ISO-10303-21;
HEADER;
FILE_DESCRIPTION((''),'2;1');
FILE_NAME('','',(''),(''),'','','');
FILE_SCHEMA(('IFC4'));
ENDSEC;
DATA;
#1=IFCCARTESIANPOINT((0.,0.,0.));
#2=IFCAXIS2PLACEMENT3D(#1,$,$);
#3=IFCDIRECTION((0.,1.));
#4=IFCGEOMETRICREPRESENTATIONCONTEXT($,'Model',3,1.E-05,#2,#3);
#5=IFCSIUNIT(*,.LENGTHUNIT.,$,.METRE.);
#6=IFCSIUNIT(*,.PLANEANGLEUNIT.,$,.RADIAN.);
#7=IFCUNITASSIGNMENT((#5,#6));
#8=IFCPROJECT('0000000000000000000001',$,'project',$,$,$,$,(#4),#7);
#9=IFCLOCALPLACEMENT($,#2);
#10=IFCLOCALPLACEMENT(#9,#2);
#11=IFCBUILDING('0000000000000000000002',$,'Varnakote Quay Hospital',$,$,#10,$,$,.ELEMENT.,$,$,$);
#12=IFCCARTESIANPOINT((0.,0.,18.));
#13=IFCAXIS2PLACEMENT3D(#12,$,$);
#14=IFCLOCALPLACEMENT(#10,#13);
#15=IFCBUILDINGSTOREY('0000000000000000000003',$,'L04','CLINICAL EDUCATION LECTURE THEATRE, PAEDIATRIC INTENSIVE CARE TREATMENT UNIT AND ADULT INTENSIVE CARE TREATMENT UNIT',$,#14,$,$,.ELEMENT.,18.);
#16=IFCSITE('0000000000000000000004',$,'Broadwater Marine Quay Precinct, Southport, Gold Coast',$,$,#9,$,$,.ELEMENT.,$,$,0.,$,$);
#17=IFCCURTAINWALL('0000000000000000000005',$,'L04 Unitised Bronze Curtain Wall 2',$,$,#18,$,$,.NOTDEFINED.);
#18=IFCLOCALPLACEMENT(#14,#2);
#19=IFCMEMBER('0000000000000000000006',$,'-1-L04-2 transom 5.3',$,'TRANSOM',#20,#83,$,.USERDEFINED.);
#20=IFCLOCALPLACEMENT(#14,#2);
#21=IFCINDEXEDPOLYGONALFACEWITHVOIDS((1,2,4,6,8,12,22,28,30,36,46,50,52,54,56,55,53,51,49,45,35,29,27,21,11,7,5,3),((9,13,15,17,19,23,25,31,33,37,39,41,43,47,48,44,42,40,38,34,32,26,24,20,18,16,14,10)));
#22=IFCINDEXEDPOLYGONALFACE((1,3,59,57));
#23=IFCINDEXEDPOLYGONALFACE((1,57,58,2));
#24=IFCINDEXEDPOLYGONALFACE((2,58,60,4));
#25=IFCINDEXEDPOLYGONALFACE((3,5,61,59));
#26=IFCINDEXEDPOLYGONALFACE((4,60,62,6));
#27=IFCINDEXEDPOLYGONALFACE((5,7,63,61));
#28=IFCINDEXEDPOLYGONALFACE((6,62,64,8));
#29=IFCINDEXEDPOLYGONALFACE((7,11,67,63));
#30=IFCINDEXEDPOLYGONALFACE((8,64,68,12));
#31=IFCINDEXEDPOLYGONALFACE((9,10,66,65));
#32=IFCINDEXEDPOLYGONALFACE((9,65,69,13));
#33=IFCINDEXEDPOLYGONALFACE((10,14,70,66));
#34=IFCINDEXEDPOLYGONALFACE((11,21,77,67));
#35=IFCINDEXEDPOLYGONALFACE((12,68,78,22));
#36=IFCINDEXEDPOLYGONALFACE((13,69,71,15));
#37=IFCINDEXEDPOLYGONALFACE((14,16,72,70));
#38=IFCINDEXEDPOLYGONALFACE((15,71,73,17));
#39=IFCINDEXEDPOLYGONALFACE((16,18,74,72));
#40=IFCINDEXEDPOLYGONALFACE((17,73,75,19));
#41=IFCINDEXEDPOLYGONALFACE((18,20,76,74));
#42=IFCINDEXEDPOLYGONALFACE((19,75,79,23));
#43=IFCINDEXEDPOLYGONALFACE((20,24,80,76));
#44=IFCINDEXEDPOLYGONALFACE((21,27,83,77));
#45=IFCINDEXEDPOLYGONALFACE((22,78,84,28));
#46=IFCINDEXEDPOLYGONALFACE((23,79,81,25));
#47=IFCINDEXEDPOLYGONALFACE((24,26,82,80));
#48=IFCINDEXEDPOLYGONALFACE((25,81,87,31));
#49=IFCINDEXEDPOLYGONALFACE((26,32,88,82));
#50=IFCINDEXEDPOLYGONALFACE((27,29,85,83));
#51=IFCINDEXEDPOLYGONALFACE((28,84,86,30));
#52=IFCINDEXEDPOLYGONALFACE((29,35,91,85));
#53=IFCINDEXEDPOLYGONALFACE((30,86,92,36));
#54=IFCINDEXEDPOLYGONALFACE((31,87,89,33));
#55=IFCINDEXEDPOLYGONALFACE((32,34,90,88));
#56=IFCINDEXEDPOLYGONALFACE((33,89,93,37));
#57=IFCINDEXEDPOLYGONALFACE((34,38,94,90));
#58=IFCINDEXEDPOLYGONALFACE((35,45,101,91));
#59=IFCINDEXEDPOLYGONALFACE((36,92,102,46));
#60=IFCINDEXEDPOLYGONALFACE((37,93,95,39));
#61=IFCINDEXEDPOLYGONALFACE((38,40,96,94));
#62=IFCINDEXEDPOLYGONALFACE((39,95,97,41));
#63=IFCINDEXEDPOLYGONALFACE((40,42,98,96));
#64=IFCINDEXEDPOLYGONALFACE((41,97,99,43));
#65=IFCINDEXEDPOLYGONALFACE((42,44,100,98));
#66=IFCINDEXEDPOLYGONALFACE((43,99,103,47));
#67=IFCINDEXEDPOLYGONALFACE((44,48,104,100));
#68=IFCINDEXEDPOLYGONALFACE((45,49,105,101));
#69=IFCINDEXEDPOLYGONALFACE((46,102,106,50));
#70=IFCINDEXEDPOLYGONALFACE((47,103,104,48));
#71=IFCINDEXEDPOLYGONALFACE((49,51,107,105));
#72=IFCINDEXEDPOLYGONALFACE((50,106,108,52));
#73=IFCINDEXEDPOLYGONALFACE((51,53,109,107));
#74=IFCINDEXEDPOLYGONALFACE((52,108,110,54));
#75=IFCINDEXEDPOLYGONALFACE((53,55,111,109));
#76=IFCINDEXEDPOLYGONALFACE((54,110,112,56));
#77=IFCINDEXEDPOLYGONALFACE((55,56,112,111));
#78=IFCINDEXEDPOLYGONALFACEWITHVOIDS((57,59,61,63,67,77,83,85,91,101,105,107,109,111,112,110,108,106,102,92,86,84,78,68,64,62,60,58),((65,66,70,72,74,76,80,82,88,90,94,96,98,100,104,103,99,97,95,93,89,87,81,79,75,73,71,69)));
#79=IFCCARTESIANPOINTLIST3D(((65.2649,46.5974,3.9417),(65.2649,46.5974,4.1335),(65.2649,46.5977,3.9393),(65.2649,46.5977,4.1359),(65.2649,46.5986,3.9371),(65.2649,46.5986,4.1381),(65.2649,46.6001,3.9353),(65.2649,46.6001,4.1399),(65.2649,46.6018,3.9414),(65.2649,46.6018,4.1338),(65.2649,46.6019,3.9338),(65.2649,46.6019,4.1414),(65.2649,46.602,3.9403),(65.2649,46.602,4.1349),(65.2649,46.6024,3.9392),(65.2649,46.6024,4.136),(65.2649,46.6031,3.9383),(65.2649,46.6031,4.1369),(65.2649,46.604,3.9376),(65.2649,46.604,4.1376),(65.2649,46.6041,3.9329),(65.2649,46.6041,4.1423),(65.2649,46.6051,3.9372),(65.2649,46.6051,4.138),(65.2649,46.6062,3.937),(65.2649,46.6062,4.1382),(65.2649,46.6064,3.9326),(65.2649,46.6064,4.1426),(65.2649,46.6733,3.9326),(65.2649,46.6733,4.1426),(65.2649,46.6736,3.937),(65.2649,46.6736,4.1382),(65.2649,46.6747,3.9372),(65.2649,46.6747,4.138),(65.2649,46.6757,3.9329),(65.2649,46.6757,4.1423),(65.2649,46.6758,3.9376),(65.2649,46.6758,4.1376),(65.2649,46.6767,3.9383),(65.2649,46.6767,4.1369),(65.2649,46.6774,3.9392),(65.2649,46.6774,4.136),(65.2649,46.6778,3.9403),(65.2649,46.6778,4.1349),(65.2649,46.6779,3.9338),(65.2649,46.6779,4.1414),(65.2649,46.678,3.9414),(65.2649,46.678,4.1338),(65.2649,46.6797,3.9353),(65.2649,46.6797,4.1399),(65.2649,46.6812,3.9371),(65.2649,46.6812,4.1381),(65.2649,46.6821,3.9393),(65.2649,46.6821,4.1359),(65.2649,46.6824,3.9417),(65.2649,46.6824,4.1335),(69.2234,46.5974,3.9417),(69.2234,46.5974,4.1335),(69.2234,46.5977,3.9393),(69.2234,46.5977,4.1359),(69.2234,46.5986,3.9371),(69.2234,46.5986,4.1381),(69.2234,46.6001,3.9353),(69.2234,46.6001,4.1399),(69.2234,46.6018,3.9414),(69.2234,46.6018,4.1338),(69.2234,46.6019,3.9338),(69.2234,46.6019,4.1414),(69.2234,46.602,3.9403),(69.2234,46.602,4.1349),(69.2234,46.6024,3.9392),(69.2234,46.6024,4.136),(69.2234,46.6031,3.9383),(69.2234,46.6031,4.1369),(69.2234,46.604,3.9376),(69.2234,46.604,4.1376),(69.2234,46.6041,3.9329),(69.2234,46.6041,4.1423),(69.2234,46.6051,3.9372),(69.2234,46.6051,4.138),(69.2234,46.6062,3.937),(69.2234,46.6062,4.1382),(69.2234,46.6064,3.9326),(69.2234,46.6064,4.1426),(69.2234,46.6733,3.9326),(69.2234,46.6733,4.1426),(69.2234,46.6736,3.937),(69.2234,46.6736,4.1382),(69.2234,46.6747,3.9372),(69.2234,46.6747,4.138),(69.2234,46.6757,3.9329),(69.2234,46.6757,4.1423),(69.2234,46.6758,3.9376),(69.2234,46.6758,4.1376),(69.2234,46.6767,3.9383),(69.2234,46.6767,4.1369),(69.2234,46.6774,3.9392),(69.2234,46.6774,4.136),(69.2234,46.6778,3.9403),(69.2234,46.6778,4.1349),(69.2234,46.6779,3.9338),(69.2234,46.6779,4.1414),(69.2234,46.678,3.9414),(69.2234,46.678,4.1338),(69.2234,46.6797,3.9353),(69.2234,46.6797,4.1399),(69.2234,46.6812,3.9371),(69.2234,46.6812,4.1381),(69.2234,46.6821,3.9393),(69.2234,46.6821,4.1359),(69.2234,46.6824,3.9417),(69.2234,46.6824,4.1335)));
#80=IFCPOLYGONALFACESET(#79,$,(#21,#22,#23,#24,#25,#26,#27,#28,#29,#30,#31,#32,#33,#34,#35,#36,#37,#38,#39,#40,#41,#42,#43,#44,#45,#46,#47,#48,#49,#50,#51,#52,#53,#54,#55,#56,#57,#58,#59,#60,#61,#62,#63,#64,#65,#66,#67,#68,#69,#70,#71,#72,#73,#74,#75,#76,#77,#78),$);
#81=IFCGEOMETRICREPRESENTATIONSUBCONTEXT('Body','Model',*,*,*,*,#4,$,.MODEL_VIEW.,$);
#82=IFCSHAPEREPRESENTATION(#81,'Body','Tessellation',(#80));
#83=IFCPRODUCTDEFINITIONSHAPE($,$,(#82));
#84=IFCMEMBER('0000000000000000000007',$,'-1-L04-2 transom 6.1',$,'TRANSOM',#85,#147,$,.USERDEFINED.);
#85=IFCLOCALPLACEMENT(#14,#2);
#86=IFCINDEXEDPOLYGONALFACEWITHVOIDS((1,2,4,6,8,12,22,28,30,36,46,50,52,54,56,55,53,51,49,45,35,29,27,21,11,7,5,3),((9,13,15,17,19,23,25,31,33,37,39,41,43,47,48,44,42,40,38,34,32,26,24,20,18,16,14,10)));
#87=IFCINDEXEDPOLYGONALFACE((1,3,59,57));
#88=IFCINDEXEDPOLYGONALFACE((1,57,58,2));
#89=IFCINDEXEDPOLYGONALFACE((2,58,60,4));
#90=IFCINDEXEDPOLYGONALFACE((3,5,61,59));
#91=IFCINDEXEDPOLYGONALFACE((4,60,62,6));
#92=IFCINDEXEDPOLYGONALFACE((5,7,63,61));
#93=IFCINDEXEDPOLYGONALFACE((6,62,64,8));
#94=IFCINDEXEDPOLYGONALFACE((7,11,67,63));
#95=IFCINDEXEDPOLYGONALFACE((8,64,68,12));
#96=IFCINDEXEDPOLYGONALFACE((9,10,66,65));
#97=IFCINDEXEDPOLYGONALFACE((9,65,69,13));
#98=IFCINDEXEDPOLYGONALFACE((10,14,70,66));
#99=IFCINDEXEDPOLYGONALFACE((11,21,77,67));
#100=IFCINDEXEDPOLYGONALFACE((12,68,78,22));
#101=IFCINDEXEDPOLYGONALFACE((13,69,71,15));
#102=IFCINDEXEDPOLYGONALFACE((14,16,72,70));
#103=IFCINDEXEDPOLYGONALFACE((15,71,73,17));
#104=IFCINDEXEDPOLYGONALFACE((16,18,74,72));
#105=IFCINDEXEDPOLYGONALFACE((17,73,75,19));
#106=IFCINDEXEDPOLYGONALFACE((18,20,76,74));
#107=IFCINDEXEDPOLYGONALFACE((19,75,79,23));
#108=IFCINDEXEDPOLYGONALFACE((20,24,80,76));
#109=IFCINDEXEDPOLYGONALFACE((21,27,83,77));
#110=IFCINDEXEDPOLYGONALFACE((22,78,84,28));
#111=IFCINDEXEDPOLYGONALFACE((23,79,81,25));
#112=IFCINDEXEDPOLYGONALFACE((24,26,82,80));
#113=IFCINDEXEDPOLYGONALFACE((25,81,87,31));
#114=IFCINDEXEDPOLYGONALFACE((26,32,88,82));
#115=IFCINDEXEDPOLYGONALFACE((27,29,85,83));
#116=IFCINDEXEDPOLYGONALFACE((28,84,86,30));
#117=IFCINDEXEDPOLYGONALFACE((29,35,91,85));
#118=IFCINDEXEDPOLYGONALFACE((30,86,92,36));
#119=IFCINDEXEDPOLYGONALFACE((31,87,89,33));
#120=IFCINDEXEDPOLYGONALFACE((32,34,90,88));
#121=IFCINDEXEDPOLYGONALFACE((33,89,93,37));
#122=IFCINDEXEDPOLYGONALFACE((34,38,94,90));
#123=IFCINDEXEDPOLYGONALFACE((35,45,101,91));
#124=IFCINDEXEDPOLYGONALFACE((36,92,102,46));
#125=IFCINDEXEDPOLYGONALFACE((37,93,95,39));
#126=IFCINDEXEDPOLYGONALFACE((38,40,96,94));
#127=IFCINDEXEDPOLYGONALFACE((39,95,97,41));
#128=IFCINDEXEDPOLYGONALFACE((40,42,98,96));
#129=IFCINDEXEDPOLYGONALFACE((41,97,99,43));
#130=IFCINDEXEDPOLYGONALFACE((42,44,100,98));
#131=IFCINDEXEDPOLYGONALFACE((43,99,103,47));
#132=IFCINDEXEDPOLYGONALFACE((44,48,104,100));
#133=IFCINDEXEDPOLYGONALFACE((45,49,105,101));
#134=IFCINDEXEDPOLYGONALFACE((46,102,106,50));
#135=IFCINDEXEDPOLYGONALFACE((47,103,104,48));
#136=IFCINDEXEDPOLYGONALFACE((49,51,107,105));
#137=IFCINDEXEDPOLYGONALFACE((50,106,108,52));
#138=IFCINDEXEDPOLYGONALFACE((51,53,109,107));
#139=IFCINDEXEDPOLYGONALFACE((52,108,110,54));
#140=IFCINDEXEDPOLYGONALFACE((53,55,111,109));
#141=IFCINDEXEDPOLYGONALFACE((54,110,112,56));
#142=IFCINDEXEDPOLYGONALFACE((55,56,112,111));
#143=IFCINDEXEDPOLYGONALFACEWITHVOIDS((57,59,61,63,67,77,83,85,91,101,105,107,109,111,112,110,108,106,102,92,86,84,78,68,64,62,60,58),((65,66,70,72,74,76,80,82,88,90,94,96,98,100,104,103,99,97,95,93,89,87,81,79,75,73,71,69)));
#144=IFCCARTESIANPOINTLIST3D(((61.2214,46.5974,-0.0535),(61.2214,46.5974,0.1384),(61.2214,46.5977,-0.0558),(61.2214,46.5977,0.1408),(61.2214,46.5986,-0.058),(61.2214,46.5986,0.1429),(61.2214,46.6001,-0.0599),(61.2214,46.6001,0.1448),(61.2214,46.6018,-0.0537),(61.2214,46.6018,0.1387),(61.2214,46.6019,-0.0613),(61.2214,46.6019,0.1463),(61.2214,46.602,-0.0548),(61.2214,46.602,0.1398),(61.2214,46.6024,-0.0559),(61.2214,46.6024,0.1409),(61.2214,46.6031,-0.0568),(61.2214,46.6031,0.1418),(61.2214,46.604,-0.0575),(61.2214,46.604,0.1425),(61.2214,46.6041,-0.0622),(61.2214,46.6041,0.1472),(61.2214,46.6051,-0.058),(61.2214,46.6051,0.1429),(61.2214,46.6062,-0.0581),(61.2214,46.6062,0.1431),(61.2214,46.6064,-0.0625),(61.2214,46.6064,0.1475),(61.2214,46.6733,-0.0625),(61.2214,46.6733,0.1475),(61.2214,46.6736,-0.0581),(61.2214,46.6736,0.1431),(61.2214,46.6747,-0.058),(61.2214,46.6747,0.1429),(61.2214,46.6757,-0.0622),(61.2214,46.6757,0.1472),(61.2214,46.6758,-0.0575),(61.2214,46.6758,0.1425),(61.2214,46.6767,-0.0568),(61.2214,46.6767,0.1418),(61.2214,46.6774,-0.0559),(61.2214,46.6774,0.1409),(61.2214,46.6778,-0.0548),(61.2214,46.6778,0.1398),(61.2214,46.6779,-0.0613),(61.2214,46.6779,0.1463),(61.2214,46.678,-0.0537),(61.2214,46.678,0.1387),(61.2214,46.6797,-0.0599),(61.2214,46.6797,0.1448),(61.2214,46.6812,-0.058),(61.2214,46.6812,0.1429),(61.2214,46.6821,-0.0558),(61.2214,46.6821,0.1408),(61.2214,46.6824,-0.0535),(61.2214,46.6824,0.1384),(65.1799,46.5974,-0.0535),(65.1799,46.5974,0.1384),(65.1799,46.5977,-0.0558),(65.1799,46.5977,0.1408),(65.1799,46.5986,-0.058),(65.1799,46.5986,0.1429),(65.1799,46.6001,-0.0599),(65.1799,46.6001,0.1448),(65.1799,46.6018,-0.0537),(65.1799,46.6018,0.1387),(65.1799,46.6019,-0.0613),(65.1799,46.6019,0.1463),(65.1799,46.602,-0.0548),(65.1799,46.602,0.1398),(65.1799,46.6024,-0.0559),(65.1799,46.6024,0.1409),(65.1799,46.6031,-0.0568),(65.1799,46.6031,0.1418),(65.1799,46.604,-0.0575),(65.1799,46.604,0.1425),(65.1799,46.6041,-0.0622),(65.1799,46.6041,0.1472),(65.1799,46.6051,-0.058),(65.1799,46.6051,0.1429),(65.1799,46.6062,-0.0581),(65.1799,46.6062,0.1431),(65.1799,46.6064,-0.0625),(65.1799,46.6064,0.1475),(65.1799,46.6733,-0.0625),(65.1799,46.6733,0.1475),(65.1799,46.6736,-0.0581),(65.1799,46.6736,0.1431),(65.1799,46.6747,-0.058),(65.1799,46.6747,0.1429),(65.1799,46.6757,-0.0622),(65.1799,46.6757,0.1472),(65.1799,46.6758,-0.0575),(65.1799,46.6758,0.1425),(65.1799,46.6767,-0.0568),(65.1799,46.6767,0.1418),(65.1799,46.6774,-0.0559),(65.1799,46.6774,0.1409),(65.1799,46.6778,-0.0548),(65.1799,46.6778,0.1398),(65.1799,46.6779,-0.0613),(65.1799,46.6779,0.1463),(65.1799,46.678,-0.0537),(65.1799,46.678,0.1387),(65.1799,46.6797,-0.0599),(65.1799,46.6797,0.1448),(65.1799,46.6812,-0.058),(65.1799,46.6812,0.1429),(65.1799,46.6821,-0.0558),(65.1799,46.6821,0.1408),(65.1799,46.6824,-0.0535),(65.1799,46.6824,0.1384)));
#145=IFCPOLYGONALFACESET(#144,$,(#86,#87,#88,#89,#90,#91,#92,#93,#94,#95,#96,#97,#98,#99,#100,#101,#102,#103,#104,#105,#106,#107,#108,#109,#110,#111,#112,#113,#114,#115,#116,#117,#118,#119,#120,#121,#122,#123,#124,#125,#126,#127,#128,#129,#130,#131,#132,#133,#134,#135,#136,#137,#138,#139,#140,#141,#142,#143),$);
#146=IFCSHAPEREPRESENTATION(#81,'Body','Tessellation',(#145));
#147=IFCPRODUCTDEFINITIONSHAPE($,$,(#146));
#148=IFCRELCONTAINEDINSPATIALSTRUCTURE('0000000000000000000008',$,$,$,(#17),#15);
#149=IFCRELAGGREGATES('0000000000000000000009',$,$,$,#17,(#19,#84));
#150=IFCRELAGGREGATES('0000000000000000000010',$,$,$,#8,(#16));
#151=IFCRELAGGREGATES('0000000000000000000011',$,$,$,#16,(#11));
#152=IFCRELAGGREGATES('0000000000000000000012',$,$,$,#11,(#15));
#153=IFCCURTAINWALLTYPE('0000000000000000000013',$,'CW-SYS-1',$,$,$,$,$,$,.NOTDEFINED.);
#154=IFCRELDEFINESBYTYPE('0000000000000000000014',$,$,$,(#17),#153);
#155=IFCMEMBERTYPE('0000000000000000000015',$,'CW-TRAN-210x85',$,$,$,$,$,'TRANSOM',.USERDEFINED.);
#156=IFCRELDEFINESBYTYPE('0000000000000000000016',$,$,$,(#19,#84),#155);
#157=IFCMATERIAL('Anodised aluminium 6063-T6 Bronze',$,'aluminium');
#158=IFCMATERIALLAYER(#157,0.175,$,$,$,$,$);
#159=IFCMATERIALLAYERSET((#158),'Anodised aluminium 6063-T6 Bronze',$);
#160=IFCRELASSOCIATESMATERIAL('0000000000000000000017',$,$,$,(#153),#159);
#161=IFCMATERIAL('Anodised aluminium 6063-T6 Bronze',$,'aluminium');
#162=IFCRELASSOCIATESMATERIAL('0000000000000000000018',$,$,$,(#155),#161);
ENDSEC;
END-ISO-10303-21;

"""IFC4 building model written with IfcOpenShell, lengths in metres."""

from ifc_helpers import new_model, si_unit, direction, frame, origin, origin_2d, place, context, subcontext, project, spatial, hollow_rectangle, extrude, material, layer, layer_set, material_profile, profile_set, type_object, element, aggregate, save


model = new_model("IFC4")

# Units and contexts
model_context = context("Model", 3, precision=1e-05, world=origin(), true_north=direction((0.0, 1.0)))
body_context = subcontext(model_context, "Body", "Model", "MODEL_VIEW")
ifc_project = project(units=[si_unit("LENGTHUNIT", "METRE"), si_unit("PLANEANGLEUNIT", "RADIAN")], contexts=[model_context])

# Site, building, storey
site_placement = place(None, origin())
site = spatial("IfcSite", under=ifc_project, at=site_placement, Name="Broadwater Marine Quay Precinct, Southport, Gold Coast", CompositionType="ELEMENT", RefElevation=0.0)
building_placement = place(site_placement, origin())
building = spatial("IfcBuilding", under=site, at=building_placement, Name="Varnakote Quay Hospital", CompositionType="ELEMENT")
storey_placement = place(building_placement, frame((0.0, 0.0, 18.0)))
storey = spatial("IfcBuildingStorey", under=building, at=storey_placement, Name="L04", Description="CLINICAL EDUCATION LECTURE THEATRE, PAEDIATRIC INTENSIVE CARE TREATMENT UNIT AND ADULT INTENSIVE CARE TREATMENT UNIT", CompositionType="ELEMENT", Elevation=18.0)

# Curtain wall, members
ifc_material_1 = material(Name="Anodised aluminium 6063-T6 Bronze", Category="aluminium")
ifc_layer_1 = layer(ifc_material_1, 0.175)
ifc_layer_set_1 = layer_set([ifc_layer_1], Name="Anodised aluminium 6063-T6 Bronze")
curtain_wall_type = type_object("IfcCurtainWallType", Name="CW-SYS-1", PredefinedType="NOTDEFINED", material=ifc_layer_set_1)
curtain_wall_placement = place(storey_placement, origin())
curtain_wall = element("IfcCurtainWall", 1, at=curtain_wall_placement, inside=storey, type_object=curtain_wall_type, Name="L04 Unitised Bronze Curtain Wall 2", PredefinedType="NOTDEFINED")
ifc_material_2 = material(Name="Anodised aluminium 6063-T6 Bronze", Category="aluminium")
ifc_material_profile_1 = material_profile(ifc_material_2, hollow_rectangle(XDim=0.085, YDim=0.21, WallThickness=0.0044, InnerFilletRadius=0.0044, OuterFilletRadius=0.009, at=origin_2d()), Name="CW-TRAN-210x85")
ifc_profile_set_1 = profile_set([ifc_material_profile_1], Name="Anodised aluminium 6063-T6 Bronze")
member_type_1 = type_object("IfcMemberType", Name="CW-TRAN-210x85", ElementType="TRANSOM", PredefinedType="USERDEFINED", material=ifc_profile_set_1)
member_1_placement = place(storey_placement, frame((69.2234, 46.6399, 4.0376), z_axis=(-1.0, 0.0, 0.0), x_axis=(0.0, -1.0, 0.0)))
member_1 = element("IfcMember", 2, at=member_1_placement, type_object=member_type_1, Name="-1-L04-2 transom 5.3", ObjectType="TRANSOM", PredefinedType="USERDEFINED", context=body_context, shape_type="SweptSolid", body=[
    extrude(hollow_rectangle(XDim=0.085, YDim=0.21, WallThickness=0.0044, InnerFilletRadius=0.0044, OuterFilletRadius=0.009, at=origin_2d()), origin(), (0.0, 0.0, 1.0), 3.9585),
])
member_2_placement = place(storey_placement, frame((65.1799, 46.6399, 0.0425), z_axis=(-1.0, 0.0, 0.0), x_axis=(0.0, -1.0, 0.0)))
member_2 = element("IfcMember", 3, at=member_2_placement, type_object=member_type_1, Name="-1-L04-2 transom 6.1", ObjectType="TRANSOM", PredefinedType="USERDEFINED", context=body_context, shape_type="SweptSolid", body=[
    extrude(hollow_rectangle(XDim=0.085, YDim=0.21, WallThickness=0.0044, InnerFilletRadius=0.0044, OuterFilletRadius=0.009, at=origin_2d()), origin(), (0.0, 0.0, 1.0), 3.9585),
])

aggregate(curtain_wall, [member_1, member_2])

save(model, "model.ifc")
